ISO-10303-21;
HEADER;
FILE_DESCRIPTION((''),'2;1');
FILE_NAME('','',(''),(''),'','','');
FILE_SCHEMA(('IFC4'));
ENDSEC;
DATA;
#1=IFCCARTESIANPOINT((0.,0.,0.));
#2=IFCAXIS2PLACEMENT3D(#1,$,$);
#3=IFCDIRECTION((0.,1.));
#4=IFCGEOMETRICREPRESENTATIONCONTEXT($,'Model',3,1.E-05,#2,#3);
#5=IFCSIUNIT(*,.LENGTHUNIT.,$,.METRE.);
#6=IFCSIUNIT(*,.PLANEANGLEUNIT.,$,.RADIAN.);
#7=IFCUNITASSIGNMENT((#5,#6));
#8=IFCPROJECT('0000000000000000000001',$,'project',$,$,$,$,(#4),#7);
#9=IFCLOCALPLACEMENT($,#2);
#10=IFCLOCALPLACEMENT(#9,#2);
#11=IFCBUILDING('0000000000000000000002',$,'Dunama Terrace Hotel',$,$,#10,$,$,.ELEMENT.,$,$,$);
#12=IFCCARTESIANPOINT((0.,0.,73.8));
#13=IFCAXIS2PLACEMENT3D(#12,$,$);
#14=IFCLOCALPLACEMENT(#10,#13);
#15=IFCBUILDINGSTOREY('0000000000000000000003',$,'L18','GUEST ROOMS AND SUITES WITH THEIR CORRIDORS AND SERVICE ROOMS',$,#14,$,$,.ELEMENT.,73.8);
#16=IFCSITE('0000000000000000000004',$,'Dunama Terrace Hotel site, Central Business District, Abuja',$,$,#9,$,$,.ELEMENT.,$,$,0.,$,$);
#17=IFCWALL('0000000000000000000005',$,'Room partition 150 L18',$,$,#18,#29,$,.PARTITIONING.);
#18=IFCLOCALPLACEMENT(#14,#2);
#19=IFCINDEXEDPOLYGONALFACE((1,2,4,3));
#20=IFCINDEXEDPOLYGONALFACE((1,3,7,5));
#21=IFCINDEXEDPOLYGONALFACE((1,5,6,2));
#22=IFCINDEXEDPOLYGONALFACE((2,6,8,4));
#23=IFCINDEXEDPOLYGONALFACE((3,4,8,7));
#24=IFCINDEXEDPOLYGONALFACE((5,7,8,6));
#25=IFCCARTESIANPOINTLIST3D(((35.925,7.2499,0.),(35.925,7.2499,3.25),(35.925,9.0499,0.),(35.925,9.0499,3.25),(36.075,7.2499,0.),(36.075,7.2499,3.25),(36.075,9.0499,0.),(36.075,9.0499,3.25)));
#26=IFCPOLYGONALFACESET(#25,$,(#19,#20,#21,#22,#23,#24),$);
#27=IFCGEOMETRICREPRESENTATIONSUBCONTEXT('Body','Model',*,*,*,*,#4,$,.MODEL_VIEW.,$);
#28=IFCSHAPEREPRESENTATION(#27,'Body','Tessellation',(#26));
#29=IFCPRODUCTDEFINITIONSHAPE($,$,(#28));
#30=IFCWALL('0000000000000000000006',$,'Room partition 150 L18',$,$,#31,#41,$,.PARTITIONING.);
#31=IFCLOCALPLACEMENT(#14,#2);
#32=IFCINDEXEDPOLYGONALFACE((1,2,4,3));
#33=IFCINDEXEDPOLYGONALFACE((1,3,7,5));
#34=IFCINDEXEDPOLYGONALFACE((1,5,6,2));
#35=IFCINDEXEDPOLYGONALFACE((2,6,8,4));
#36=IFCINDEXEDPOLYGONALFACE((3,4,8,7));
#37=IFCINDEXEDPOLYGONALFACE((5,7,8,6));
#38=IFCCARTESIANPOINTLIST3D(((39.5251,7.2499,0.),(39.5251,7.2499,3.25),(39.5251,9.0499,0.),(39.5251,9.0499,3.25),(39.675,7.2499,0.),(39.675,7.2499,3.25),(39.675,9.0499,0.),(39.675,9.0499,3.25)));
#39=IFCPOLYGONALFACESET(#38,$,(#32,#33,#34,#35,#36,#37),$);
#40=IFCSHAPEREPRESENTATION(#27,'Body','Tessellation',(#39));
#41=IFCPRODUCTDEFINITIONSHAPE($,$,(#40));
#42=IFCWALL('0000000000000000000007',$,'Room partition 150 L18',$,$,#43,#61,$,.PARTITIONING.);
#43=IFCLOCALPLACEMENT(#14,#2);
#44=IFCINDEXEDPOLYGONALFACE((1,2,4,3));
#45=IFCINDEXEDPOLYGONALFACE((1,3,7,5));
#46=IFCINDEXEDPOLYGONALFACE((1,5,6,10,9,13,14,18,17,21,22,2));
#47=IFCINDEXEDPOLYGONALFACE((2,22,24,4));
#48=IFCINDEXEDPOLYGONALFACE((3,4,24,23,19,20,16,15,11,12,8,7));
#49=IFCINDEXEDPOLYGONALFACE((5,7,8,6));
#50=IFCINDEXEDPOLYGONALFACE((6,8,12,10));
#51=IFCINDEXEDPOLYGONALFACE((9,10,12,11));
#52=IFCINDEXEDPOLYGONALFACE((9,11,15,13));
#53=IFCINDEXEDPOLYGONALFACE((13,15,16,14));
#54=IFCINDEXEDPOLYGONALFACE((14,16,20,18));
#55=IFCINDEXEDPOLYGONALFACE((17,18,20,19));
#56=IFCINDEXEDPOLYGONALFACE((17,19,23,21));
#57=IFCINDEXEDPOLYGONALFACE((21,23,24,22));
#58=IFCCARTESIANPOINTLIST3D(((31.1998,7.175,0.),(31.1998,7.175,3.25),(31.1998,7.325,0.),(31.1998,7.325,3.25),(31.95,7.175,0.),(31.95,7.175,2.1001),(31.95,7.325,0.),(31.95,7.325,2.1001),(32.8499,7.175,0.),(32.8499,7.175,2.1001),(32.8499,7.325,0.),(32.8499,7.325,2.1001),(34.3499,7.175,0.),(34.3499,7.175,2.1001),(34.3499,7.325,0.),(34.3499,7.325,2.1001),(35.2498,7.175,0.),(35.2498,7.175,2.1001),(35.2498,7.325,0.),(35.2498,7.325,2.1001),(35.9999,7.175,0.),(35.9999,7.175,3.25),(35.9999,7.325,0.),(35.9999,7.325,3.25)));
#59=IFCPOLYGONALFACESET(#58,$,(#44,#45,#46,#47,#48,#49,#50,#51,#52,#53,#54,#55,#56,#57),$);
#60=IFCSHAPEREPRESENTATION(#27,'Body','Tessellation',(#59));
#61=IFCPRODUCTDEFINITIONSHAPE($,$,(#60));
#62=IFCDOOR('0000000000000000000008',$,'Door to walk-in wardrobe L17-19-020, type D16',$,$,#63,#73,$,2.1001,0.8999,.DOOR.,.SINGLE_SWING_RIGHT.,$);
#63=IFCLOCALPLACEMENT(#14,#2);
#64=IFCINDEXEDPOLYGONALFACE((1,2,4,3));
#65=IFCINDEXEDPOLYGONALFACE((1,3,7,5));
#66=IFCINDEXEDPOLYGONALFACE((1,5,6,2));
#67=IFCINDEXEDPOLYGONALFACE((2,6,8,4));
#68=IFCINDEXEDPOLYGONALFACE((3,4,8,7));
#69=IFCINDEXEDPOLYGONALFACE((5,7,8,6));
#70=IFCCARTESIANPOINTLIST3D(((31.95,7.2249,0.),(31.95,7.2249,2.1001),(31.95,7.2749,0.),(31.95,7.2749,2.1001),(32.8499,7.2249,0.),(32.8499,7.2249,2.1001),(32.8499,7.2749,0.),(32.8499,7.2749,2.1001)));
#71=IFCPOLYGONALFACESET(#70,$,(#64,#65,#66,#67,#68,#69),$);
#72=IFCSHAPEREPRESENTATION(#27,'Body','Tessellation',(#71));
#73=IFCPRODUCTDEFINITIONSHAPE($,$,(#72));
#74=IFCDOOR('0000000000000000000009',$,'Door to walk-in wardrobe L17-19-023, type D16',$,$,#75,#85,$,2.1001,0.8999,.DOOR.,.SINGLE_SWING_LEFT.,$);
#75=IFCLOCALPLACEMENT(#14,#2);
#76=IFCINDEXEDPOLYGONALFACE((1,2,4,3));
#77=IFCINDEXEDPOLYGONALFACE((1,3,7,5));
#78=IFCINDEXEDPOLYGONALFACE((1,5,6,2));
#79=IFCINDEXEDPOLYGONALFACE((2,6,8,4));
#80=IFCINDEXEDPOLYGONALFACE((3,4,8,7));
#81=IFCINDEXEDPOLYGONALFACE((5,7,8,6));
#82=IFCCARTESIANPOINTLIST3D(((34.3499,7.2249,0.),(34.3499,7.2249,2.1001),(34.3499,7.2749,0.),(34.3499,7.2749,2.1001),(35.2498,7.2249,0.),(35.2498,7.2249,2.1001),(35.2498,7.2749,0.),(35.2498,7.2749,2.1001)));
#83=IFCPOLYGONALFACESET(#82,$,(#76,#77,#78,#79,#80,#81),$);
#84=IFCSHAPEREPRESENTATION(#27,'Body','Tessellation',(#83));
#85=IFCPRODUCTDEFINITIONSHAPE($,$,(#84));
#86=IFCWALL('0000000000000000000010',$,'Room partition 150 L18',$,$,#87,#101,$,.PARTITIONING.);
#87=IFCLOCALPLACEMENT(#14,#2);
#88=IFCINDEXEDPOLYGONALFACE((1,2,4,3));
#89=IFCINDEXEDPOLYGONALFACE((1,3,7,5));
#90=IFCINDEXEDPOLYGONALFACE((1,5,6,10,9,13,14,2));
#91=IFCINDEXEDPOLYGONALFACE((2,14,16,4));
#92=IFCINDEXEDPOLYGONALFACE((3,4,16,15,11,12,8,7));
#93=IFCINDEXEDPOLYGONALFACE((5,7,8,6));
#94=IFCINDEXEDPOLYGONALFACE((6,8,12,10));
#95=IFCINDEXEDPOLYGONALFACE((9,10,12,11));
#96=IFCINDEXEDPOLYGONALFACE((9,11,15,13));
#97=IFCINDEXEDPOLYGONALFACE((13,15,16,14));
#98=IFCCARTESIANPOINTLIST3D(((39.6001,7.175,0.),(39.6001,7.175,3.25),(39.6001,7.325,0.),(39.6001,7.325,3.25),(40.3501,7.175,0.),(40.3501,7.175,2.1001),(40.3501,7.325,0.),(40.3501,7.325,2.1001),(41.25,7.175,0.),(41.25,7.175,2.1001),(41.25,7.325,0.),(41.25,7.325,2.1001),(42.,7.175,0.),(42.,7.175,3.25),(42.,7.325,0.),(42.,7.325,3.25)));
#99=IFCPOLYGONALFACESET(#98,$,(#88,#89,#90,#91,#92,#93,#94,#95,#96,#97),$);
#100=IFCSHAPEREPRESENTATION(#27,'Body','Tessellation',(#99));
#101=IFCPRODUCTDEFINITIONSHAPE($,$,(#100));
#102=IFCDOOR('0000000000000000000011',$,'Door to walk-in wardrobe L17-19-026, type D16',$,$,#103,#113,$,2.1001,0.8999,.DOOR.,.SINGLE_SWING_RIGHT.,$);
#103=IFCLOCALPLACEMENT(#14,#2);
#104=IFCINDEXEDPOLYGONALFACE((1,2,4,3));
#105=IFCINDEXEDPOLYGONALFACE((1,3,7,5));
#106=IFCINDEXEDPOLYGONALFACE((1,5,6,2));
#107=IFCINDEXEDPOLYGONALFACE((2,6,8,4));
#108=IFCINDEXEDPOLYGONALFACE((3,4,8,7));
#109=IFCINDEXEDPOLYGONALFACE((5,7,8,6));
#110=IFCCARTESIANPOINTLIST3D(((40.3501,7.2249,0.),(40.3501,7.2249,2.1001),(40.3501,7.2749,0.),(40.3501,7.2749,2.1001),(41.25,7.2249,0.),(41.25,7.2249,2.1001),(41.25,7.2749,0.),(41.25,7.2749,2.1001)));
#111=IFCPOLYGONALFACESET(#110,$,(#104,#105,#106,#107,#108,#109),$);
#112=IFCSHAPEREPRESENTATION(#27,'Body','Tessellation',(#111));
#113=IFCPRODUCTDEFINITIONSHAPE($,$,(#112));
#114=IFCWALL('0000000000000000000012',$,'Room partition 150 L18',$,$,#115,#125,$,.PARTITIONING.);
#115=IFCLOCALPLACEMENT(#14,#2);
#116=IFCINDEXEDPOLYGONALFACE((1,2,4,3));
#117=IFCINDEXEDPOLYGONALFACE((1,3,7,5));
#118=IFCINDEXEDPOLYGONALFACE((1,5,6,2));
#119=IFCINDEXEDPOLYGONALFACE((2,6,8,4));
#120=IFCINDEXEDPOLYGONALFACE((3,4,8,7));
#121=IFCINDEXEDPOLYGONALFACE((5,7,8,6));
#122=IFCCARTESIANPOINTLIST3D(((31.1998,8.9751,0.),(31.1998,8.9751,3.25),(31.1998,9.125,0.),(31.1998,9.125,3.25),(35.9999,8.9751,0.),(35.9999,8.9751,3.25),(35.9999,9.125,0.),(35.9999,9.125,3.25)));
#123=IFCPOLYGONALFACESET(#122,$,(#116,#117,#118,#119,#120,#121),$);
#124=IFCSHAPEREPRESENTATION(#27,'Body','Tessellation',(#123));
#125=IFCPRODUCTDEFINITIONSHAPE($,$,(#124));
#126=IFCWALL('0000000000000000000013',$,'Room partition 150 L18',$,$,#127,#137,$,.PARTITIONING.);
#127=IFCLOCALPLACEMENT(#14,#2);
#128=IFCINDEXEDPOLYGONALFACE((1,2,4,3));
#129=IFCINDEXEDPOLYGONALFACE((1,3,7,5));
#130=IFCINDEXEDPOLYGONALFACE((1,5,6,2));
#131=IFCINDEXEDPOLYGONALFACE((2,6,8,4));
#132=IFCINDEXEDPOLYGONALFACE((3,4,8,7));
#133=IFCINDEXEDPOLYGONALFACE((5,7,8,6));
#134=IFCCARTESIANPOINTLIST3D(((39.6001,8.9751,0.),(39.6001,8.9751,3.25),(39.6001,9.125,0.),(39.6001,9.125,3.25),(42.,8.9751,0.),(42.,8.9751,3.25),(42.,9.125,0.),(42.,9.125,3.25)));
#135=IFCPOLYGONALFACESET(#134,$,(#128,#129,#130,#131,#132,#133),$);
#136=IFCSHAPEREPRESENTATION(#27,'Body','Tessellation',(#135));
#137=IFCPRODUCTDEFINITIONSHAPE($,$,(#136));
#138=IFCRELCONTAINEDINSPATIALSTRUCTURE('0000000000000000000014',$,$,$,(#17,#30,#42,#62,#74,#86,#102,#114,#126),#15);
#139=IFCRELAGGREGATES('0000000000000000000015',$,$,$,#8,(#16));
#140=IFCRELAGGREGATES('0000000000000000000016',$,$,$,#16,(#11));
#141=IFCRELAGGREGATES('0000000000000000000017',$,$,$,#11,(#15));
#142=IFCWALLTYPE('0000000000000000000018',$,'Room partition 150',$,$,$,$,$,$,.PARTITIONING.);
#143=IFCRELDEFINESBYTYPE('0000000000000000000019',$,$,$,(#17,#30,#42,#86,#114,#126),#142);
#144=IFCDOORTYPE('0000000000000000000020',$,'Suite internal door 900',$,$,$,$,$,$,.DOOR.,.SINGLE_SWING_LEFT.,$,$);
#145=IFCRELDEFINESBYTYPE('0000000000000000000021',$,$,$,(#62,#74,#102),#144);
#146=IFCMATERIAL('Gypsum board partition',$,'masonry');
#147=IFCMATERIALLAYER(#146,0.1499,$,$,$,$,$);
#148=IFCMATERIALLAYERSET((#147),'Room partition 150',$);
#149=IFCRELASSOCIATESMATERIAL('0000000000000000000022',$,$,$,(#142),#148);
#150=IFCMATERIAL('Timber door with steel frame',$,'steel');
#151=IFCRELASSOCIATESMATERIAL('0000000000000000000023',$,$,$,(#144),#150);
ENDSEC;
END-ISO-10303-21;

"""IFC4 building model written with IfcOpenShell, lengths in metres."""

from ifc_helpers import new_model, si_unit, direction, frame, frame_2d, origin, place, context, subcontext, project, spatial, rectangle, extrude, material, layer, layer_set, type_object, element, fill, save


model = new_model("IFC4")

# Units and contexts
model_context = context("Model", 3, precision=1e-05, world=origin(), true_north=direction((0.0, 1.0)))
body_context = subcontext(model_context, "Body", "Model", "MODEL_VIEW")
ifc_project = project(units=[si_unit("LENGTHUNIT", "METRE"), si_unit("PLANEANGLEUNIT", "RADIAN")], contexts=[model_context])

# Site, building, storey
site_placement = place(None, origin())
site = spatial("IfcSite", under=ifc_project, at=site_placement, Name="Dunama Terrace Hotel site, Central Business District, Abuja", CompositionType="ELEMENT", RefElevation=0.0)
building_placement = place(site_placement, origin())
building = spatial("IfcBuilding", under=site, at=building_placement, Name="Dunama Terrace Hotel", CompositionType="ELEMENT")
storey_placement = place(building_placement, frame((0.0, 0.0, 73.8)))
storey = spatial("IfcBuildingStorey", under=building, at=storey_placement, Name="L18", Description="GUEST ROOMS AND SUITES WITH THEIR CORRIDORS AND SERVICE ROOMS", CompositionType="ELEMENT", Elevation=73.8)

# Walls
ifc_material_1 = material(Name="Gypsum board partition", Category="masonry")
ifc_layer_1 = layer(ifc_material_1, 0.1499)
ifc_layer_set_1 = layer_set([ifc_layer_1], Name="Room partition 150")
wall_type_1 = type_object("IfcWallType", Name="Room partition 150", PredefinedType="PARTITIONING", material=ifc_layer_set_1)
for number, where, z_axis, x_axis, name in (
    (1, (36.0, 7.25, 0.0), (0.0, 0.0, 1.0), (0.0, 1.0, 0.0), "Room partition 150 L18"),
    (2, (39.6001, 7.25, 0.0), (0.0, 0.0, 1.0), (0.0, 1.0, 0.0), "Room partition 150 L18"),
):
    element("IfcWall", number, at=place(storey_placement, frame(where, z_axis=z_axis, x_axis=x_axis)), inside=storey, type_object=wall_type_1, Name=name, PredefinedType="PARTITIONING", context=body_context, shape_type="SweptSolid", body=[
        extrude(rectangle(XDim=1.8, YDim=0.1499, at=frame_2d((0.8999, 0.0))), origin(), (0.0, 0.0, 1.0), 3.25),
    ])

# Wall, openings, doors
wall_1_placement = place(storey_placement, frame((31.2, 7.25, 0.0), z_axis=(0.0, 0.0, 1.0), x_axis=(1.0, 0.0, 0.0)))
wall_1 = element("IfcWall", 3, at=wall_1_placement, inside=storey, type_object=wall_type_1, Name="Room partition 150 L18", PredefinedType="PARTITIONING", context=body_context, shape_type="SweptSolid", body=[
    extrude(rectangle(XDim=4.8, YDim=0.1499, at=frame_2d((2.3999, 0.0))), origin(), (0.0, 0.0, 1.0), 3.25),
])
opening_1_placement = place(wall_1_placement, frame((0.75, 0.0, 0.0)))
opening_1 = element("IfcOpeningElement", 4, at=opening_1_placement, cuts=wall_1, PredefinedType="OPENING", context=body_context, shape_type="SweptSolid", body=[
    extrude(rectangle(XDim=0.8999, YDim=2.1001, at=frame_2d((0.45, 1.05))), frame((0.0, 0.085, 0.0), z_axis=(0.0, -1.0, 0.0), x_axis=(1.0, 0.0, 0.0)), (0.0, 0.0, 1.0), 0.1699),
])
opening_2_placement = place(wall_1_placement, frame((3.1499, 0.0, 0.0)))
opening_2 = element("IfcOpeningElement", 5, at=opening_2_placement, cuts=wall_1, PredefinedType="OPENING", context=body_context, shape_type="SweptSolid", body=[
    extrude(rectangle(XDim=0.8999, YDim=2.1001, at=frame_2d((0.45, 1.05))), frame((0.0, 0.085, 0.0), z_axis=(0.0, -1.0, 0.0), x_axis=(1.0, 0.0, 0.0)), (0.0, 0.0, 1.0), 0.1699),
])
ifc_material_2 = material(Name="Timber door with steel frame", Category="steel")
door_type_1 = type_object("IfcDoorType", Name="Suite internal door 900", OperationType="SINGLE_SWING_LEFT", PredefinedType="DOOR", material=ifc_material_2)
door_1_placement = place(opening_1_placement, origin())
door_1 = element("IfcDoor", 6, at=door_1_placement, inside=storey, type_object=door_type_1, Name="Door to walk-in wardrobe L17-19-020, type D16", OperationType="SINGLE_SWING_RIGHT", OverallHeight=2.1001, OverallWidth=0.8999, PredefinedType="DOOR", context=body_context, shape_type="SweptSolid", body=[
    extrude(rectangle(XDim=0.8999, YDim=2.1001, at=frame_2d((0.45, 1.05))), frame((0.0, 0.0249, 0.0), z_axis=(0.0, -1.0, 0.0), x_axis=(1.0, 0.0, 0.0)), (0.0, 0.0, 1.0), 0.05),
])
fill(opening_1, door_1)
door_2_placement = place(opening_2_placement, origin())
door_2 = element("IfcDoor", 7, at=door_2_placement, inside=storey, type_object=door_type_1, Name="Door to walk-in wardrobe L17-19-023, type D16", OperationType="SINGLE_SWING_LEFT", OverallHeight=2.1001, OverallWidth=0.8999, PredefinedType="DOOR", context=body_context, shape_type="SweptSolid", body=[
    extrude(rectangle(XDim=0.8999, YDim=2.1001, at=frame_2d((0.45, 1.05))), frame((0.0, 0.0249, 0.0), z_axis=(0.0, -1.0, 0.0), x_axis=(1.0, 0.0, 0.0)), (0.0, 0.0, 1.0), 0.05),
])
fill(opening_2, door_2)

# Wall, opening, door
wall_2_placement = place(storey_placement, frame((39.6001, 7.25, 0.0), z_axis=(0.0, 0.0, 1.0), x_axis=(1.0, 0.0, 0.0)))
wall_2 = element("IfcWall", 8, at=wall_2_placement, inside=storey, type_object=wall_type_1, Name="Room partition 150 L18", PredefinedType="PARTITIONING", context=body_context, shape_type="SweptSolid", body=[
    extrude(rectangle(XDim=2.3999, YDim=0.1499, at=frame_2d((1.2, 0.0))), origin(), (0.0, 0.0, 1.0), 3.25),
])
opening_3_placement = place(wall_2_placement, frame((0.75, 0.0, 0.0)))
opening_3 = element("IfcOpeningElement", 9, at=opening_3_placement, cuts=wall_2, PredefinedType="OPENING", context=body_context, shape_type="SweptSolid", body=[
    extrude(rectangle(XDim=0.8999, YDim=2.1001, at=frame_2d((0.45, 1.05))), frame((0.0, 0.085, 0.0), z_axis=(0.0, -1.0, 0.0), x_axis=(1.0, 0.0, 0.0)), (0.0, 0.0, 1.0), 0.1699),
])
door_3_placement = place(opening_3_placement, origin())
door_3 = element("IfcDoor", 10, at=door_3_placement, inside=storey, type_object=door_type_1, Name="Door to walk-in wardrobe L17-19-026, type D16", OperationType="SINGLE_SWING_RIGHT", OverallHeight=2.1001, OverallWidth=0.8999, PredefinedType="DOOR", context=body_context, shape_type="SweptSolid", body=[
    extrude(rectangle(XDim=0.8999, YDim=2.1001, at=frame_2d((0.45, 1.05))), frame((0.0, 0.0249, 0.0), z_axis=(0.0, -1.0, 0.0), x_axis=(1.0, 0.0, 0.0)), (0.0, 0.0, 1.0), 0.05),
])
fill(opening_3, door_3)

# Walls
wall_3_placement = place(storey_placement, frame((31.2, 9.05, 0.0), z_axis=(0.0, 0.0, 1.0), x_axis=(1.0, 0.0, 0.0)))
element("IfcWall", 11, at=wall_3_placement, inside=storey, type_object=wall_type_1, Name="Room partition 150 L18", PredefinedType="PARTITIONING", context=body_context, shape_type="SweptSolid", body=[
    extrude(rectangle(XDim=4.8, YDim=0.1499, at=frame_2d((2.3999, 0.0))), origin(), (0.0, 0.0, 1.0), 3.25),
])
wall_4_placement = place(storey_placement, frame((39.6001, 9.05, 0.0), z_axis=(0.0, 0.0, 1.0), x_axis=(1.0, 0.0, 0.0)))
element("IfcWall", 12, at=wall_4_placement, inside=storey, type_object=wall_type_1, Name="Room partition 150 L18", PredefinedType="PARTITIONING", context=body_context, shape_type="SweptSolid", body=[
    extrude(rectangle(XDim=2.3999, YDim=0.1499, at=frame_2d((1.2, 0.0))), origin(), (0.0, 0.0, 1.0), 3.25),
])

save(model, "model.ifc")
